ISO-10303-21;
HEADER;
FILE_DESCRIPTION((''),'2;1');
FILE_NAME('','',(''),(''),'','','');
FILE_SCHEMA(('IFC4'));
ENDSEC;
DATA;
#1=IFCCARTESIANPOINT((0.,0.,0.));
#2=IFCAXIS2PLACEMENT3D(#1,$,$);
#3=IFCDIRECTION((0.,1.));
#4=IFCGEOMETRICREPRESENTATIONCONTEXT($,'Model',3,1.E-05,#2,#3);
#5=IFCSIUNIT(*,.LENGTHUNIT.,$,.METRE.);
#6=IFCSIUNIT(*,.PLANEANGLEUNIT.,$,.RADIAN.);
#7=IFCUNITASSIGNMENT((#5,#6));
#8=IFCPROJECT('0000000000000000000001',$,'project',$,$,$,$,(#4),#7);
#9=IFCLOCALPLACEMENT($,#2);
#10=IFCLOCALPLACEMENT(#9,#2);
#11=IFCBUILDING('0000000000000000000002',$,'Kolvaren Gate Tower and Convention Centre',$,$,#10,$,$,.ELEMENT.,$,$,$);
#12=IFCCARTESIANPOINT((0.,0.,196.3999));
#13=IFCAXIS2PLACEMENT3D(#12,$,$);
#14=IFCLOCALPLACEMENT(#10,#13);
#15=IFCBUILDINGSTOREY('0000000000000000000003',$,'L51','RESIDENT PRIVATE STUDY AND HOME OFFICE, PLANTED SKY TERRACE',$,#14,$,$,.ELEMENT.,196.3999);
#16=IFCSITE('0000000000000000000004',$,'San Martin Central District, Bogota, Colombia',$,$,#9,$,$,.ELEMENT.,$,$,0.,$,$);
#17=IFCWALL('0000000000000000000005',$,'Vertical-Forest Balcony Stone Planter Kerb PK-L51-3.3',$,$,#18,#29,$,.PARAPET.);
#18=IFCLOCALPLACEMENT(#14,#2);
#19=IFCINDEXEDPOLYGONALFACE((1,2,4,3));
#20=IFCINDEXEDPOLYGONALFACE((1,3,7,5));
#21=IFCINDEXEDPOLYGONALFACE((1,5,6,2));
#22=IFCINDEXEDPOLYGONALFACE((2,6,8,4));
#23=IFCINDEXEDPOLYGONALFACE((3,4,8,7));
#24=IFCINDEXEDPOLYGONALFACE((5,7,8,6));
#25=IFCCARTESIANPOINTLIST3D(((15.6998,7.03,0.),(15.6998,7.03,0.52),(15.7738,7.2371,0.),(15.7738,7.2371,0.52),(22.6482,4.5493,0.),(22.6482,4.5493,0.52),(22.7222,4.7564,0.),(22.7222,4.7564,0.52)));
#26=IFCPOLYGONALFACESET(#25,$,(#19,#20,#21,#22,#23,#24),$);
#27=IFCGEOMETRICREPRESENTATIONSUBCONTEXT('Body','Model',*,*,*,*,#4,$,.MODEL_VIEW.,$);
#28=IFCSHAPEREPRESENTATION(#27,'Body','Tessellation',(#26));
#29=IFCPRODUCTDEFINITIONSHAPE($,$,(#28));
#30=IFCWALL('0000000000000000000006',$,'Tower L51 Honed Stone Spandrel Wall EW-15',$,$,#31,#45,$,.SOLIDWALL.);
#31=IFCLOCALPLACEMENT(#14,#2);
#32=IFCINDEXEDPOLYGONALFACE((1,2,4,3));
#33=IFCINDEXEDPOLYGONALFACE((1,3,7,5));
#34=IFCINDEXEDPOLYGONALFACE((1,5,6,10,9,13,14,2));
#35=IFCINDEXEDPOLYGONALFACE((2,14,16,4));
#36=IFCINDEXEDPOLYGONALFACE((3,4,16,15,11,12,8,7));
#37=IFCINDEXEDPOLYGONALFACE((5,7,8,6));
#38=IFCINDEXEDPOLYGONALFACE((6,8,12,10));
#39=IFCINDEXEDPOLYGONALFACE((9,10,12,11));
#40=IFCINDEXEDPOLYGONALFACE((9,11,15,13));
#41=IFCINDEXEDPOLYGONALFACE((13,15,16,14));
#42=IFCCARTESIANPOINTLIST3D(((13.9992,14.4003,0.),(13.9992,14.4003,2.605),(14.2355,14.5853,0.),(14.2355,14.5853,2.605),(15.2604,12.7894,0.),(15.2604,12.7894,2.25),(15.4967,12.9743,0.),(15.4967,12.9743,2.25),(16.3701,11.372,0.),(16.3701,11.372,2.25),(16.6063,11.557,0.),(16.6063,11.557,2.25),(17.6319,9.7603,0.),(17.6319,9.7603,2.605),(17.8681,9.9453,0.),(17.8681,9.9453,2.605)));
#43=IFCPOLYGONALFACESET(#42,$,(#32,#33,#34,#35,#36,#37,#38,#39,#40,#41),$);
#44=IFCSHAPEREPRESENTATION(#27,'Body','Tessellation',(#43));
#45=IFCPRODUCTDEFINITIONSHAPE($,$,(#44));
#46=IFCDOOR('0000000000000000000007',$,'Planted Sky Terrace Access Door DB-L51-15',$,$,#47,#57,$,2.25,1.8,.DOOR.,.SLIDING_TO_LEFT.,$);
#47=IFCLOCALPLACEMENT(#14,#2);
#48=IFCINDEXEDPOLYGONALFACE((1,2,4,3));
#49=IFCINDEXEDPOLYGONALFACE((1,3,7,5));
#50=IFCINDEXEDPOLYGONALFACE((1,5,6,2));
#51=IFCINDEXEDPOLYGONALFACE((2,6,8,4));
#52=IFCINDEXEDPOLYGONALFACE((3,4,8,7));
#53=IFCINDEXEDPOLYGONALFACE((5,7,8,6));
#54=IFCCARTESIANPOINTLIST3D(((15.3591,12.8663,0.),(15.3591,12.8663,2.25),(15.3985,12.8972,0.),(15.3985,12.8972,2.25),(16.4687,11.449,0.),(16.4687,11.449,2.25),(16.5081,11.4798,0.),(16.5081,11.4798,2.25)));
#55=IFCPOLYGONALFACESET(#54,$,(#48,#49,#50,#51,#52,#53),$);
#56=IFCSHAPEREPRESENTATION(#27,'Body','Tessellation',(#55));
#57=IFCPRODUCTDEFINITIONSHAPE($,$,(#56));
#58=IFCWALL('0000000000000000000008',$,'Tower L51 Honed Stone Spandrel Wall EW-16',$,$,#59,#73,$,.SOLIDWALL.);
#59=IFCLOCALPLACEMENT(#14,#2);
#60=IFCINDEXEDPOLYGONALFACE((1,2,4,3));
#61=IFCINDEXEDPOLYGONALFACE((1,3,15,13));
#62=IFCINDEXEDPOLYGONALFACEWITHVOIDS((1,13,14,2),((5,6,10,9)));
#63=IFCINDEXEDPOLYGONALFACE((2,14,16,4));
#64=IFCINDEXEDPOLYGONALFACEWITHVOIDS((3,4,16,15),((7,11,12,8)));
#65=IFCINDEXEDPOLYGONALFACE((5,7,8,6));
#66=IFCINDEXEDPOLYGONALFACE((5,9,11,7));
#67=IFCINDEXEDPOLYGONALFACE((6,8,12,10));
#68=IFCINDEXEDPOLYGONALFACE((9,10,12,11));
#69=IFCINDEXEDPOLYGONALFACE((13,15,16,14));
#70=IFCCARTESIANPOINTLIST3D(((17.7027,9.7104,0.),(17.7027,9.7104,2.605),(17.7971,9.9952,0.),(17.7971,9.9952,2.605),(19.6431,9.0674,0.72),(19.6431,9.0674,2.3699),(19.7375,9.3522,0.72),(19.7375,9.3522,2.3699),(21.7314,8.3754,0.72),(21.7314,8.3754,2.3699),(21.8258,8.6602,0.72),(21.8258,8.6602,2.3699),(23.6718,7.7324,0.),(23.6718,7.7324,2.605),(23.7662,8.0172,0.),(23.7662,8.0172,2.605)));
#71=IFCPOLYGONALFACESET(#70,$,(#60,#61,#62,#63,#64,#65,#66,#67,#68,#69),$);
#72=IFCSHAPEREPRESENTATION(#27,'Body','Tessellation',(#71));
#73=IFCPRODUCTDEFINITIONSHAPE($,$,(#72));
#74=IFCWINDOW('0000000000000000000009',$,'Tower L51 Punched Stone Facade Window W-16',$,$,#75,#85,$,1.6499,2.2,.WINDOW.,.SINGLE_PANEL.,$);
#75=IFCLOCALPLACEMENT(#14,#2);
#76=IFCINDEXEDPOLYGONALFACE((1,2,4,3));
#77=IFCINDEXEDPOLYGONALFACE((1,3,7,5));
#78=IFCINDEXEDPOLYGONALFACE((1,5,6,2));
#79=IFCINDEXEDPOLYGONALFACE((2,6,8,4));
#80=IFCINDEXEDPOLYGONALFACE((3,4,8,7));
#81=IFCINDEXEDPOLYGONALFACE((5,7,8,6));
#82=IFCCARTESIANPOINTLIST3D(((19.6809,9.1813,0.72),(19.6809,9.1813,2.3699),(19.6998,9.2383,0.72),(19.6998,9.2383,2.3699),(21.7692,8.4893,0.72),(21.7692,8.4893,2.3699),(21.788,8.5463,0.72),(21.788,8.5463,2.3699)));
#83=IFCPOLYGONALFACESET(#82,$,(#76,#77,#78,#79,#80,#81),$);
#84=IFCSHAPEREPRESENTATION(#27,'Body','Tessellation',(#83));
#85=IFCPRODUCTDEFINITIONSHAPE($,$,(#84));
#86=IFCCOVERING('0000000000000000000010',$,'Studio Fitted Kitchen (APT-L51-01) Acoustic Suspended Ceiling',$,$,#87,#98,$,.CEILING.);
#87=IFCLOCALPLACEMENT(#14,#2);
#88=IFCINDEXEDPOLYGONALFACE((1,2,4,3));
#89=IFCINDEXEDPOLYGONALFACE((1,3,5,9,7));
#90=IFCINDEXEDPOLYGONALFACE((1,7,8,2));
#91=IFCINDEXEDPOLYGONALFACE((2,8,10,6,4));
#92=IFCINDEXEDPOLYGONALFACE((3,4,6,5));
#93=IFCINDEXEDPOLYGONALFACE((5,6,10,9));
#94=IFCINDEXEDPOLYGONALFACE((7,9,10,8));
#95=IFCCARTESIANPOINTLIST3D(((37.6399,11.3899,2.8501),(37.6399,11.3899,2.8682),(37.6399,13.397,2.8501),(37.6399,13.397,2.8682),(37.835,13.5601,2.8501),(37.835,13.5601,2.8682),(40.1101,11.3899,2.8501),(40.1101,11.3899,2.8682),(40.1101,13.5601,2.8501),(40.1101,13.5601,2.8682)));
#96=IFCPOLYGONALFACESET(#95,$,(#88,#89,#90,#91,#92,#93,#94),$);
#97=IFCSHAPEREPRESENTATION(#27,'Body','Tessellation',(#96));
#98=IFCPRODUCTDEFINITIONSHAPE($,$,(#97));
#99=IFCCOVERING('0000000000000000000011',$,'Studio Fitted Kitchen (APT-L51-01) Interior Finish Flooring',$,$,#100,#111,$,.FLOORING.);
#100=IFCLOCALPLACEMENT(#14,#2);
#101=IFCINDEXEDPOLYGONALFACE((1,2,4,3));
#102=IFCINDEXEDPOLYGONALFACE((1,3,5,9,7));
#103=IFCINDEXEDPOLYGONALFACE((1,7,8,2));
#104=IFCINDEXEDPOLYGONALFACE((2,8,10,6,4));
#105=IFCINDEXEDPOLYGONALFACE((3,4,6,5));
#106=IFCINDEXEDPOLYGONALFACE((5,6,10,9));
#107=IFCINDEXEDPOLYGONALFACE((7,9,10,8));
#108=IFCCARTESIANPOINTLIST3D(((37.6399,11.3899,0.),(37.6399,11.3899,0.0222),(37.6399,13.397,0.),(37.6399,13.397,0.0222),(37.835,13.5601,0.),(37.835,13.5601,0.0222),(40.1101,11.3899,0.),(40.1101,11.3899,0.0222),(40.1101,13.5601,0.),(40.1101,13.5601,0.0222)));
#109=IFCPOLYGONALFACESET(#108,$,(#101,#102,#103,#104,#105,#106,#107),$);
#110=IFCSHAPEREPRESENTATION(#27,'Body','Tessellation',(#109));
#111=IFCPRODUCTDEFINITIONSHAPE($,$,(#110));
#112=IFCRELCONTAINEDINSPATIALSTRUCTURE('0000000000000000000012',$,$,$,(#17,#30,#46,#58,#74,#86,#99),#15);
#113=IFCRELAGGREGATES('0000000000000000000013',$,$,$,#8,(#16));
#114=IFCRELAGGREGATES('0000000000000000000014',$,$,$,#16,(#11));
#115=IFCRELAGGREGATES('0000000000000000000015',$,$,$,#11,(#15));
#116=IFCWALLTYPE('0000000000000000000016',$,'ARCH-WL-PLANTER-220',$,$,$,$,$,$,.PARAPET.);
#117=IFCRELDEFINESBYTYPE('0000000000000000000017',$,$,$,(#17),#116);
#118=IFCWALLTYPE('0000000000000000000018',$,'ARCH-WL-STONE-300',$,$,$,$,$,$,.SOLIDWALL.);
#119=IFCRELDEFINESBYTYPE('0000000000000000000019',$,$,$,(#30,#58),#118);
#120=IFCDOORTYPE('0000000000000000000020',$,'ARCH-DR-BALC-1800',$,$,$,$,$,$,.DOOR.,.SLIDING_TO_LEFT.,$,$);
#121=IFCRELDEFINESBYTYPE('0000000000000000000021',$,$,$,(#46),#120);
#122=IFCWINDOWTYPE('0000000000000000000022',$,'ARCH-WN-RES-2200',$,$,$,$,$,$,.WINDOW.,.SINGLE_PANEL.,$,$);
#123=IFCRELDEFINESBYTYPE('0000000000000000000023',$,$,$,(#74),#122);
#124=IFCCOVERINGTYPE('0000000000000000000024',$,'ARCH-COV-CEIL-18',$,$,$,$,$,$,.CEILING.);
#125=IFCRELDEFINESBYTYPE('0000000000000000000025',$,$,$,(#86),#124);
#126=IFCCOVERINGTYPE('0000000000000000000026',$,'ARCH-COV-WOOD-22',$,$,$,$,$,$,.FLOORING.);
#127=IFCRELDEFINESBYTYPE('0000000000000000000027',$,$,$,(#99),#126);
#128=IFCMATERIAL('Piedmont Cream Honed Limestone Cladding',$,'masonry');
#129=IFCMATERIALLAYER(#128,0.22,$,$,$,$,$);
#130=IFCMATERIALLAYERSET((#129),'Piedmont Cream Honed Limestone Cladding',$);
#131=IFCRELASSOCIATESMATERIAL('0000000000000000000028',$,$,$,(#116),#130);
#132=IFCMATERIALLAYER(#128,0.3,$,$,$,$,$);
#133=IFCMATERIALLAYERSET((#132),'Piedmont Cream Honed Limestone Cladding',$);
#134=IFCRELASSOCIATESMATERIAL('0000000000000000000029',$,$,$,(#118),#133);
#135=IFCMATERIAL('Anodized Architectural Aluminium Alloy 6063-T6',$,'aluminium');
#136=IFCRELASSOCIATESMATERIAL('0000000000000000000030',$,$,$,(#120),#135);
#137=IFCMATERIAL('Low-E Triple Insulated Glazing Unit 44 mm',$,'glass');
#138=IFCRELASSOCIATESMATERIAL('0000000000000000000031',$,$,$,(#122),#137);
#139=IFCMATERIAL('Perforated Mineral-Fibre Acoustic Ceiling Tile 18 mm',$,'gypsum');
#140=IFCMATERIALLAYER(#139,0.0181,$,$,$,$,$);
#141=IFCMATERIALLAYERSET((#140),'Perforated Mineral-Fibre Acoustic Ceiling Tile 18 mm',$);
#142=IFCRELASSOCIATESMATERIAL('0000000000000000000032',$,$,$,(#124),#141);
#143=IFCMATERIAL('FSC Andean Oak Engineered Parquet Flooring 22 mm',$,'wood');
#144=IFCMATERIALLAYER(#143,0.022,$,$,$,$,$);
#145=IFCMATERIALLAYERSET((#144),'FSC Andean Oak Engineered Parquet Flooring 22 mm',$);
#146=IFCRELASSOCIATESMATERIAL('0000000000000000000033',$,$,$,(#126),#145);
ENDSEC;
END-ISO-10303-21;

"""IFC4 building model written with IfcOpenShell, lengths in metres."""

from ifc_helpers import new_model, si_unit, direction, frame, frame_2d, origin, place, context, subcontext, project, spatial, polyline, rectangle, outline, extrude, material, layer, layer_set, type_object, element, fill, save


model = new_model("IFC4")

# Units and contexts
model_context = context("Model", 3, precision=1e-05, world=origin(), true_north=direction((0.0, 1.0)))
body_context = subcontext(model_context, "Body", "Model", "MODEL_VIEW")
ifc_project = project(units=[si_unit("LENGTHUNIT", "METRE"), si_unit("PLANEANGLEUNIT", "RADIAN")], contexts=[model_context])

# Site, building, storey
site_placement = place(None, origin())
site = spatial("IfcSite", under=ifc_project, at=site_placement, Name="San Martin Central District, Bogota, Colombia", CompositionType="ELEMENT", RefElevation=0.0)
building_placement = place(site_placement, origin())
building = spatial("IfcBuilding", under=site, at=building_placement, Name="Kolvaren Gate Tower and Convention Centre", CompositionType="ELEMENT")
storey_placement = place(building_placement, frame((0.0, 0.0, 196.3999)))
storey = spatial("IfcBuildingStorey", under=building, at=storey_placement, Name="L51", Description="RESIDENT PRIVATE STUDY AND HOME OFFICE, PLANTED SKY TERRACE", CompositionType="ELEMENT", Elevation=196.3999)

# Wall
ifc_material_1 = material(Name="Piedmont Cream Honed Limestone Cladding", Category="masonry")
ifc_layer_1 = layer(ifc_material_1, 0.22)
ifc_layer_set_1 = layer_set([ifc_layer_1], Name="Piedmont Cream Honed Limestone Cladding")
wall_type_1 = type_object("IfcWallType", Name="ARCH-WL-PLANTER-220", PredefinedType="PARAPET", material=ifc_layer_set_1)
wall_1_placement = place(storey_placement, frame((15.7368, 7.1335, 0.0), z_axis=(0.0, 0.0, 1.0), x_axis=(0.94178, -0.336229, 0.0)))
element("IfcWall", 1, at=wall_1_placement, inside=storey, type_object=wall_type_1, Name="Vertical-Forest Balcony Stone Planter Kerb PK-L51-3.3", PredefinedType="PARAPET", context=body_context, shape_type="SweptSolid", body=[
    extrude(rectangle(XDim=7.3779, YDim=0.22, at=frame_2d((3.689, 0.0))), origin(), (0.0, 0.0, 1.0), 0.52),
])

# Wall, opening, door
ifc_layer_2 = layer(ifc_material_1, 0.3)
ifc_layer_set_2 = layer_set([ifc_layer_2], Name="Piedmont Cream Honed Limestone Cladding")
wall_type_2 = type_object("IfcWallType", Name="ARCH-WL-STONE-300", PredefinedType="SOLIDWALL", material=ifc_layer_set_2)
wall_2_placement = place(storey_placement, frame((14.1174, 14.4927, 0.0), z_axis=(0.0, 0.0, 1.0), x_axis=(0.61645, -0.787394, 0.0)))
wall_2 = element("IfcWall", 2, at=wall_2_placement, inside=storey, type_object=wall_type_2, Name="Tower L51 Honed Stone Spandrel Wall EW-15", PredefinedType="SOLIDWALL", context=body_context, shape_type="SweptSolid", body=[
    extrude(rectangle(XDim=5.8928, YDim=0.3, at=frame_2d((2.9463, 0.0))), origin(), (0.0, 0.0, 1.0), 2.605),
])
opening_1_placement = place(wall_2_placement, frame((2.0459, 0.0, 0.0)))
opening_1 = element("IfcOpeningElement", 3, at=opening_1_placement, cuts=wall_2, PredefinedType="OPENING", context=body_context, shape_type="SweptSolid", body=[
    extrude(rectangle(XDim=1.8, YDim=2.25, at=frame_2d((0.8999, 1.125))), frame((0.0, 0.1599, 0.0), z_axis=(0.0, -1.0, 0.0), x_axis=(1.0, 0.0, 0.0)), (0.0, 0.0, 1.0), 0.3201),
])
ifc_material_2 = material(Name="Anodized Architectural Aluminium Alloy 6063-T6", Category="aluminium")
door_type = type_object("IfcDoorType", Name="ARCH-DR-BALC-1800", OperationType="SLIDING_TO_LEFT", PredefinedType="DOOR", material=ifc_material_2)
door_placement = place(opening_1_placement, frame((1.8, 0.0, 0.0), z_axis=(0.0, 0.0, 1.0), x_axis=(-1.0, 0.0, 0.0)))
door = element("IfcDoor", 4, at=door_placement, inside=storey, type_object=door_type, Name="Planted Sky Terrace Access Door DB-L51-15", OperationType="SLIDING_TO_LEFT", OverallHeight=2.25, OverallWidth=1.8, PredefinedType="DOOR", context=body_context, shape_type="SweptSolid", body=[
    extrude(rectangle(XDim=1.8, YDim=2.25, at=frame_2d((0.8999, 1.125))), frame((0.0, 0.0249, 0.0), z_axis=(0.0, -1.0, 0.0), x_axis=(1.0, 0.0, 0.0)), (0.0, 0.0, 1.0), 0.05),
])
fill(opening_1, door)

# Wall, opening, window
wall_3_placement = place(storey_placement, frame((17.75, 9.8528, 0.0), z_axis=(0.0, 0.0, 1.0), x_axis=(0.949241, -0.31455, 0.0)))
wall_3 = element("IfcWall", 5, at=wall_3_placement, inside=storey, type_object=wall_type_2, Name="Tower L51 Honed Stone Spandrel Wall EW-16", PredefinedType="SOLIDWALL", context=body_context, shape_type="SweptSolid", body=[
    extrude(rectangle(XDim=6.2883, YDim=0.3, at=frame_2d((3.144, 0.0))), origin(), (0.0, 0.0, 1.0), 2.605),
])
opening_2_placement = place(wall_3_placement, frame((2.0439, 0.0, 0.72)))
opening_2 = element("IfcOpeningElement", 6, at=opening_2_placement, cuts=wall_3, PredefinedType="OPENING", context=body_context, shape_type="SweptSolid", body=[
    extrude(rectangle(XDim=2.2, YDim=1.6499, at=frame_2d((1.1001, 0.825))), frame((0.0, 0.1599, 0.0), z_axis=(0.0, -1.0, 0.0), x_axis=(1.0, 0.0, 0.0)), (0.0, 0.0, 1.0), 0.3201),
])
ifc_material_3 = material(Name="Low-E Triple Insulated Glazing Unit 44 mm", Category="glass")
window_type = type_object("IfcWindowType", Name="ARCH-WN-RES-2200", PartitioningType="SINGLE_PANEL", PredefinedType="WINDOW", material=ifc_material_3)
window_placement = place(opening_2_placement, origin())
window = element("IfcWindow", 7, at=window_placement, inside=storey, type_object=window_type, Name="Tower L51 Punched Stone Facade Window W-16", OverallHeight=1.6499, OverallWidth=2.2, PartitioningType="SINGLE_PANEL", PredefinedType="WINDOW", context=body_context, shape_type="SweptSolid", body=[
    extrude(rectangle(XDim=2.2, YDim=1.6499, at=frame_2d((1.1001, 0.825))), frame((0.0, 0.03, 0.0), z_axis=(0.0, -1.0, 0.0), x_axis=(1.0, 0.0, 0.0)), (0.0, 0.0, 1.0), 0.0601),
])
fill(opening_2, window)

# Coverings
ifc_material_4 = material(Name="Perforated Mineral-Fibre Acoustic Ceiling Tile 18 mm", Category="gypsum")
ifc_layer_3 = layer(ifc_material_4, 0.0181)
ifc_layer_set_3 = layer_set([ifc_layer_3], Name="Perforated Mineral-Fibre Acoustic Ceiling Tile 18 mm")
covering_type_1 = type_object("IfcCoveringType", Name="ARCH-COV-CEIL-18", PredefinedType="CEILING", material=ifc_layer_set_3)
covering_1_placement = place(storey_placement, frame((0.0, 0.0, 2.8501)))
element("IfcCovering", 8, at=covering_1_placement, inside=storey, type_object=covering_type_1, Name="Studio Fitted Kitchen (APT-L51-01) Acoustic Suspended Ceiling", PredefinedType="CEILING", context=body_context, shape_type="SweptSolid", body=[
    extrude(outline(polyline([(40.1101, 13.5601), (40.1101, 11.3899), (37.6399, 11.3899), (37.6399, 13.397), (37.835, 13.5601), (40.1101, 13.5601)])), origin(), (0.0, 0.0, 1.0), 0.0181),
])
ifc_material_5 = material(Name="FSC Andean Oak Engineered Parquet Flooring 22 mm", Category="wood")
ifc_layer_4 = layer(ifc_material_5, 0.022)
ifc_layer_set_4 = layer_set([ifc_layer_4], Name="FSC Andean Oak Engineered Parquet Flooring 22 mm")
covering_type_2 = type_object("IfcCoveringType", Name="ARCH-COV-WOOD-22", PredefinedType="FLOORING", material=ifc_layer_set_4)
covering_2_placement = place(storey_placement, origin())
element("IfcCovering", 9, at=covering_2_placement, inside=storey, type_object=covering_type_2, Name="Studio Fitted Kitchen (APT-L51-01) Interior Finish Flooring", PredefinedType="FLOORING", context=body_context, shape_type="SweptSolid", body=[
    extrude(outline(polyline([(40.1101, 13.5601), (40.1101, 11.3899), (37.6399, 11.3899), (37.6399, 13.397), (37.835, 13.5601), (40.1101, 13.5601)])), origin(), (0.0, 0.0, 1.0), 0.0222),
])

save(model, "model.ifc")
